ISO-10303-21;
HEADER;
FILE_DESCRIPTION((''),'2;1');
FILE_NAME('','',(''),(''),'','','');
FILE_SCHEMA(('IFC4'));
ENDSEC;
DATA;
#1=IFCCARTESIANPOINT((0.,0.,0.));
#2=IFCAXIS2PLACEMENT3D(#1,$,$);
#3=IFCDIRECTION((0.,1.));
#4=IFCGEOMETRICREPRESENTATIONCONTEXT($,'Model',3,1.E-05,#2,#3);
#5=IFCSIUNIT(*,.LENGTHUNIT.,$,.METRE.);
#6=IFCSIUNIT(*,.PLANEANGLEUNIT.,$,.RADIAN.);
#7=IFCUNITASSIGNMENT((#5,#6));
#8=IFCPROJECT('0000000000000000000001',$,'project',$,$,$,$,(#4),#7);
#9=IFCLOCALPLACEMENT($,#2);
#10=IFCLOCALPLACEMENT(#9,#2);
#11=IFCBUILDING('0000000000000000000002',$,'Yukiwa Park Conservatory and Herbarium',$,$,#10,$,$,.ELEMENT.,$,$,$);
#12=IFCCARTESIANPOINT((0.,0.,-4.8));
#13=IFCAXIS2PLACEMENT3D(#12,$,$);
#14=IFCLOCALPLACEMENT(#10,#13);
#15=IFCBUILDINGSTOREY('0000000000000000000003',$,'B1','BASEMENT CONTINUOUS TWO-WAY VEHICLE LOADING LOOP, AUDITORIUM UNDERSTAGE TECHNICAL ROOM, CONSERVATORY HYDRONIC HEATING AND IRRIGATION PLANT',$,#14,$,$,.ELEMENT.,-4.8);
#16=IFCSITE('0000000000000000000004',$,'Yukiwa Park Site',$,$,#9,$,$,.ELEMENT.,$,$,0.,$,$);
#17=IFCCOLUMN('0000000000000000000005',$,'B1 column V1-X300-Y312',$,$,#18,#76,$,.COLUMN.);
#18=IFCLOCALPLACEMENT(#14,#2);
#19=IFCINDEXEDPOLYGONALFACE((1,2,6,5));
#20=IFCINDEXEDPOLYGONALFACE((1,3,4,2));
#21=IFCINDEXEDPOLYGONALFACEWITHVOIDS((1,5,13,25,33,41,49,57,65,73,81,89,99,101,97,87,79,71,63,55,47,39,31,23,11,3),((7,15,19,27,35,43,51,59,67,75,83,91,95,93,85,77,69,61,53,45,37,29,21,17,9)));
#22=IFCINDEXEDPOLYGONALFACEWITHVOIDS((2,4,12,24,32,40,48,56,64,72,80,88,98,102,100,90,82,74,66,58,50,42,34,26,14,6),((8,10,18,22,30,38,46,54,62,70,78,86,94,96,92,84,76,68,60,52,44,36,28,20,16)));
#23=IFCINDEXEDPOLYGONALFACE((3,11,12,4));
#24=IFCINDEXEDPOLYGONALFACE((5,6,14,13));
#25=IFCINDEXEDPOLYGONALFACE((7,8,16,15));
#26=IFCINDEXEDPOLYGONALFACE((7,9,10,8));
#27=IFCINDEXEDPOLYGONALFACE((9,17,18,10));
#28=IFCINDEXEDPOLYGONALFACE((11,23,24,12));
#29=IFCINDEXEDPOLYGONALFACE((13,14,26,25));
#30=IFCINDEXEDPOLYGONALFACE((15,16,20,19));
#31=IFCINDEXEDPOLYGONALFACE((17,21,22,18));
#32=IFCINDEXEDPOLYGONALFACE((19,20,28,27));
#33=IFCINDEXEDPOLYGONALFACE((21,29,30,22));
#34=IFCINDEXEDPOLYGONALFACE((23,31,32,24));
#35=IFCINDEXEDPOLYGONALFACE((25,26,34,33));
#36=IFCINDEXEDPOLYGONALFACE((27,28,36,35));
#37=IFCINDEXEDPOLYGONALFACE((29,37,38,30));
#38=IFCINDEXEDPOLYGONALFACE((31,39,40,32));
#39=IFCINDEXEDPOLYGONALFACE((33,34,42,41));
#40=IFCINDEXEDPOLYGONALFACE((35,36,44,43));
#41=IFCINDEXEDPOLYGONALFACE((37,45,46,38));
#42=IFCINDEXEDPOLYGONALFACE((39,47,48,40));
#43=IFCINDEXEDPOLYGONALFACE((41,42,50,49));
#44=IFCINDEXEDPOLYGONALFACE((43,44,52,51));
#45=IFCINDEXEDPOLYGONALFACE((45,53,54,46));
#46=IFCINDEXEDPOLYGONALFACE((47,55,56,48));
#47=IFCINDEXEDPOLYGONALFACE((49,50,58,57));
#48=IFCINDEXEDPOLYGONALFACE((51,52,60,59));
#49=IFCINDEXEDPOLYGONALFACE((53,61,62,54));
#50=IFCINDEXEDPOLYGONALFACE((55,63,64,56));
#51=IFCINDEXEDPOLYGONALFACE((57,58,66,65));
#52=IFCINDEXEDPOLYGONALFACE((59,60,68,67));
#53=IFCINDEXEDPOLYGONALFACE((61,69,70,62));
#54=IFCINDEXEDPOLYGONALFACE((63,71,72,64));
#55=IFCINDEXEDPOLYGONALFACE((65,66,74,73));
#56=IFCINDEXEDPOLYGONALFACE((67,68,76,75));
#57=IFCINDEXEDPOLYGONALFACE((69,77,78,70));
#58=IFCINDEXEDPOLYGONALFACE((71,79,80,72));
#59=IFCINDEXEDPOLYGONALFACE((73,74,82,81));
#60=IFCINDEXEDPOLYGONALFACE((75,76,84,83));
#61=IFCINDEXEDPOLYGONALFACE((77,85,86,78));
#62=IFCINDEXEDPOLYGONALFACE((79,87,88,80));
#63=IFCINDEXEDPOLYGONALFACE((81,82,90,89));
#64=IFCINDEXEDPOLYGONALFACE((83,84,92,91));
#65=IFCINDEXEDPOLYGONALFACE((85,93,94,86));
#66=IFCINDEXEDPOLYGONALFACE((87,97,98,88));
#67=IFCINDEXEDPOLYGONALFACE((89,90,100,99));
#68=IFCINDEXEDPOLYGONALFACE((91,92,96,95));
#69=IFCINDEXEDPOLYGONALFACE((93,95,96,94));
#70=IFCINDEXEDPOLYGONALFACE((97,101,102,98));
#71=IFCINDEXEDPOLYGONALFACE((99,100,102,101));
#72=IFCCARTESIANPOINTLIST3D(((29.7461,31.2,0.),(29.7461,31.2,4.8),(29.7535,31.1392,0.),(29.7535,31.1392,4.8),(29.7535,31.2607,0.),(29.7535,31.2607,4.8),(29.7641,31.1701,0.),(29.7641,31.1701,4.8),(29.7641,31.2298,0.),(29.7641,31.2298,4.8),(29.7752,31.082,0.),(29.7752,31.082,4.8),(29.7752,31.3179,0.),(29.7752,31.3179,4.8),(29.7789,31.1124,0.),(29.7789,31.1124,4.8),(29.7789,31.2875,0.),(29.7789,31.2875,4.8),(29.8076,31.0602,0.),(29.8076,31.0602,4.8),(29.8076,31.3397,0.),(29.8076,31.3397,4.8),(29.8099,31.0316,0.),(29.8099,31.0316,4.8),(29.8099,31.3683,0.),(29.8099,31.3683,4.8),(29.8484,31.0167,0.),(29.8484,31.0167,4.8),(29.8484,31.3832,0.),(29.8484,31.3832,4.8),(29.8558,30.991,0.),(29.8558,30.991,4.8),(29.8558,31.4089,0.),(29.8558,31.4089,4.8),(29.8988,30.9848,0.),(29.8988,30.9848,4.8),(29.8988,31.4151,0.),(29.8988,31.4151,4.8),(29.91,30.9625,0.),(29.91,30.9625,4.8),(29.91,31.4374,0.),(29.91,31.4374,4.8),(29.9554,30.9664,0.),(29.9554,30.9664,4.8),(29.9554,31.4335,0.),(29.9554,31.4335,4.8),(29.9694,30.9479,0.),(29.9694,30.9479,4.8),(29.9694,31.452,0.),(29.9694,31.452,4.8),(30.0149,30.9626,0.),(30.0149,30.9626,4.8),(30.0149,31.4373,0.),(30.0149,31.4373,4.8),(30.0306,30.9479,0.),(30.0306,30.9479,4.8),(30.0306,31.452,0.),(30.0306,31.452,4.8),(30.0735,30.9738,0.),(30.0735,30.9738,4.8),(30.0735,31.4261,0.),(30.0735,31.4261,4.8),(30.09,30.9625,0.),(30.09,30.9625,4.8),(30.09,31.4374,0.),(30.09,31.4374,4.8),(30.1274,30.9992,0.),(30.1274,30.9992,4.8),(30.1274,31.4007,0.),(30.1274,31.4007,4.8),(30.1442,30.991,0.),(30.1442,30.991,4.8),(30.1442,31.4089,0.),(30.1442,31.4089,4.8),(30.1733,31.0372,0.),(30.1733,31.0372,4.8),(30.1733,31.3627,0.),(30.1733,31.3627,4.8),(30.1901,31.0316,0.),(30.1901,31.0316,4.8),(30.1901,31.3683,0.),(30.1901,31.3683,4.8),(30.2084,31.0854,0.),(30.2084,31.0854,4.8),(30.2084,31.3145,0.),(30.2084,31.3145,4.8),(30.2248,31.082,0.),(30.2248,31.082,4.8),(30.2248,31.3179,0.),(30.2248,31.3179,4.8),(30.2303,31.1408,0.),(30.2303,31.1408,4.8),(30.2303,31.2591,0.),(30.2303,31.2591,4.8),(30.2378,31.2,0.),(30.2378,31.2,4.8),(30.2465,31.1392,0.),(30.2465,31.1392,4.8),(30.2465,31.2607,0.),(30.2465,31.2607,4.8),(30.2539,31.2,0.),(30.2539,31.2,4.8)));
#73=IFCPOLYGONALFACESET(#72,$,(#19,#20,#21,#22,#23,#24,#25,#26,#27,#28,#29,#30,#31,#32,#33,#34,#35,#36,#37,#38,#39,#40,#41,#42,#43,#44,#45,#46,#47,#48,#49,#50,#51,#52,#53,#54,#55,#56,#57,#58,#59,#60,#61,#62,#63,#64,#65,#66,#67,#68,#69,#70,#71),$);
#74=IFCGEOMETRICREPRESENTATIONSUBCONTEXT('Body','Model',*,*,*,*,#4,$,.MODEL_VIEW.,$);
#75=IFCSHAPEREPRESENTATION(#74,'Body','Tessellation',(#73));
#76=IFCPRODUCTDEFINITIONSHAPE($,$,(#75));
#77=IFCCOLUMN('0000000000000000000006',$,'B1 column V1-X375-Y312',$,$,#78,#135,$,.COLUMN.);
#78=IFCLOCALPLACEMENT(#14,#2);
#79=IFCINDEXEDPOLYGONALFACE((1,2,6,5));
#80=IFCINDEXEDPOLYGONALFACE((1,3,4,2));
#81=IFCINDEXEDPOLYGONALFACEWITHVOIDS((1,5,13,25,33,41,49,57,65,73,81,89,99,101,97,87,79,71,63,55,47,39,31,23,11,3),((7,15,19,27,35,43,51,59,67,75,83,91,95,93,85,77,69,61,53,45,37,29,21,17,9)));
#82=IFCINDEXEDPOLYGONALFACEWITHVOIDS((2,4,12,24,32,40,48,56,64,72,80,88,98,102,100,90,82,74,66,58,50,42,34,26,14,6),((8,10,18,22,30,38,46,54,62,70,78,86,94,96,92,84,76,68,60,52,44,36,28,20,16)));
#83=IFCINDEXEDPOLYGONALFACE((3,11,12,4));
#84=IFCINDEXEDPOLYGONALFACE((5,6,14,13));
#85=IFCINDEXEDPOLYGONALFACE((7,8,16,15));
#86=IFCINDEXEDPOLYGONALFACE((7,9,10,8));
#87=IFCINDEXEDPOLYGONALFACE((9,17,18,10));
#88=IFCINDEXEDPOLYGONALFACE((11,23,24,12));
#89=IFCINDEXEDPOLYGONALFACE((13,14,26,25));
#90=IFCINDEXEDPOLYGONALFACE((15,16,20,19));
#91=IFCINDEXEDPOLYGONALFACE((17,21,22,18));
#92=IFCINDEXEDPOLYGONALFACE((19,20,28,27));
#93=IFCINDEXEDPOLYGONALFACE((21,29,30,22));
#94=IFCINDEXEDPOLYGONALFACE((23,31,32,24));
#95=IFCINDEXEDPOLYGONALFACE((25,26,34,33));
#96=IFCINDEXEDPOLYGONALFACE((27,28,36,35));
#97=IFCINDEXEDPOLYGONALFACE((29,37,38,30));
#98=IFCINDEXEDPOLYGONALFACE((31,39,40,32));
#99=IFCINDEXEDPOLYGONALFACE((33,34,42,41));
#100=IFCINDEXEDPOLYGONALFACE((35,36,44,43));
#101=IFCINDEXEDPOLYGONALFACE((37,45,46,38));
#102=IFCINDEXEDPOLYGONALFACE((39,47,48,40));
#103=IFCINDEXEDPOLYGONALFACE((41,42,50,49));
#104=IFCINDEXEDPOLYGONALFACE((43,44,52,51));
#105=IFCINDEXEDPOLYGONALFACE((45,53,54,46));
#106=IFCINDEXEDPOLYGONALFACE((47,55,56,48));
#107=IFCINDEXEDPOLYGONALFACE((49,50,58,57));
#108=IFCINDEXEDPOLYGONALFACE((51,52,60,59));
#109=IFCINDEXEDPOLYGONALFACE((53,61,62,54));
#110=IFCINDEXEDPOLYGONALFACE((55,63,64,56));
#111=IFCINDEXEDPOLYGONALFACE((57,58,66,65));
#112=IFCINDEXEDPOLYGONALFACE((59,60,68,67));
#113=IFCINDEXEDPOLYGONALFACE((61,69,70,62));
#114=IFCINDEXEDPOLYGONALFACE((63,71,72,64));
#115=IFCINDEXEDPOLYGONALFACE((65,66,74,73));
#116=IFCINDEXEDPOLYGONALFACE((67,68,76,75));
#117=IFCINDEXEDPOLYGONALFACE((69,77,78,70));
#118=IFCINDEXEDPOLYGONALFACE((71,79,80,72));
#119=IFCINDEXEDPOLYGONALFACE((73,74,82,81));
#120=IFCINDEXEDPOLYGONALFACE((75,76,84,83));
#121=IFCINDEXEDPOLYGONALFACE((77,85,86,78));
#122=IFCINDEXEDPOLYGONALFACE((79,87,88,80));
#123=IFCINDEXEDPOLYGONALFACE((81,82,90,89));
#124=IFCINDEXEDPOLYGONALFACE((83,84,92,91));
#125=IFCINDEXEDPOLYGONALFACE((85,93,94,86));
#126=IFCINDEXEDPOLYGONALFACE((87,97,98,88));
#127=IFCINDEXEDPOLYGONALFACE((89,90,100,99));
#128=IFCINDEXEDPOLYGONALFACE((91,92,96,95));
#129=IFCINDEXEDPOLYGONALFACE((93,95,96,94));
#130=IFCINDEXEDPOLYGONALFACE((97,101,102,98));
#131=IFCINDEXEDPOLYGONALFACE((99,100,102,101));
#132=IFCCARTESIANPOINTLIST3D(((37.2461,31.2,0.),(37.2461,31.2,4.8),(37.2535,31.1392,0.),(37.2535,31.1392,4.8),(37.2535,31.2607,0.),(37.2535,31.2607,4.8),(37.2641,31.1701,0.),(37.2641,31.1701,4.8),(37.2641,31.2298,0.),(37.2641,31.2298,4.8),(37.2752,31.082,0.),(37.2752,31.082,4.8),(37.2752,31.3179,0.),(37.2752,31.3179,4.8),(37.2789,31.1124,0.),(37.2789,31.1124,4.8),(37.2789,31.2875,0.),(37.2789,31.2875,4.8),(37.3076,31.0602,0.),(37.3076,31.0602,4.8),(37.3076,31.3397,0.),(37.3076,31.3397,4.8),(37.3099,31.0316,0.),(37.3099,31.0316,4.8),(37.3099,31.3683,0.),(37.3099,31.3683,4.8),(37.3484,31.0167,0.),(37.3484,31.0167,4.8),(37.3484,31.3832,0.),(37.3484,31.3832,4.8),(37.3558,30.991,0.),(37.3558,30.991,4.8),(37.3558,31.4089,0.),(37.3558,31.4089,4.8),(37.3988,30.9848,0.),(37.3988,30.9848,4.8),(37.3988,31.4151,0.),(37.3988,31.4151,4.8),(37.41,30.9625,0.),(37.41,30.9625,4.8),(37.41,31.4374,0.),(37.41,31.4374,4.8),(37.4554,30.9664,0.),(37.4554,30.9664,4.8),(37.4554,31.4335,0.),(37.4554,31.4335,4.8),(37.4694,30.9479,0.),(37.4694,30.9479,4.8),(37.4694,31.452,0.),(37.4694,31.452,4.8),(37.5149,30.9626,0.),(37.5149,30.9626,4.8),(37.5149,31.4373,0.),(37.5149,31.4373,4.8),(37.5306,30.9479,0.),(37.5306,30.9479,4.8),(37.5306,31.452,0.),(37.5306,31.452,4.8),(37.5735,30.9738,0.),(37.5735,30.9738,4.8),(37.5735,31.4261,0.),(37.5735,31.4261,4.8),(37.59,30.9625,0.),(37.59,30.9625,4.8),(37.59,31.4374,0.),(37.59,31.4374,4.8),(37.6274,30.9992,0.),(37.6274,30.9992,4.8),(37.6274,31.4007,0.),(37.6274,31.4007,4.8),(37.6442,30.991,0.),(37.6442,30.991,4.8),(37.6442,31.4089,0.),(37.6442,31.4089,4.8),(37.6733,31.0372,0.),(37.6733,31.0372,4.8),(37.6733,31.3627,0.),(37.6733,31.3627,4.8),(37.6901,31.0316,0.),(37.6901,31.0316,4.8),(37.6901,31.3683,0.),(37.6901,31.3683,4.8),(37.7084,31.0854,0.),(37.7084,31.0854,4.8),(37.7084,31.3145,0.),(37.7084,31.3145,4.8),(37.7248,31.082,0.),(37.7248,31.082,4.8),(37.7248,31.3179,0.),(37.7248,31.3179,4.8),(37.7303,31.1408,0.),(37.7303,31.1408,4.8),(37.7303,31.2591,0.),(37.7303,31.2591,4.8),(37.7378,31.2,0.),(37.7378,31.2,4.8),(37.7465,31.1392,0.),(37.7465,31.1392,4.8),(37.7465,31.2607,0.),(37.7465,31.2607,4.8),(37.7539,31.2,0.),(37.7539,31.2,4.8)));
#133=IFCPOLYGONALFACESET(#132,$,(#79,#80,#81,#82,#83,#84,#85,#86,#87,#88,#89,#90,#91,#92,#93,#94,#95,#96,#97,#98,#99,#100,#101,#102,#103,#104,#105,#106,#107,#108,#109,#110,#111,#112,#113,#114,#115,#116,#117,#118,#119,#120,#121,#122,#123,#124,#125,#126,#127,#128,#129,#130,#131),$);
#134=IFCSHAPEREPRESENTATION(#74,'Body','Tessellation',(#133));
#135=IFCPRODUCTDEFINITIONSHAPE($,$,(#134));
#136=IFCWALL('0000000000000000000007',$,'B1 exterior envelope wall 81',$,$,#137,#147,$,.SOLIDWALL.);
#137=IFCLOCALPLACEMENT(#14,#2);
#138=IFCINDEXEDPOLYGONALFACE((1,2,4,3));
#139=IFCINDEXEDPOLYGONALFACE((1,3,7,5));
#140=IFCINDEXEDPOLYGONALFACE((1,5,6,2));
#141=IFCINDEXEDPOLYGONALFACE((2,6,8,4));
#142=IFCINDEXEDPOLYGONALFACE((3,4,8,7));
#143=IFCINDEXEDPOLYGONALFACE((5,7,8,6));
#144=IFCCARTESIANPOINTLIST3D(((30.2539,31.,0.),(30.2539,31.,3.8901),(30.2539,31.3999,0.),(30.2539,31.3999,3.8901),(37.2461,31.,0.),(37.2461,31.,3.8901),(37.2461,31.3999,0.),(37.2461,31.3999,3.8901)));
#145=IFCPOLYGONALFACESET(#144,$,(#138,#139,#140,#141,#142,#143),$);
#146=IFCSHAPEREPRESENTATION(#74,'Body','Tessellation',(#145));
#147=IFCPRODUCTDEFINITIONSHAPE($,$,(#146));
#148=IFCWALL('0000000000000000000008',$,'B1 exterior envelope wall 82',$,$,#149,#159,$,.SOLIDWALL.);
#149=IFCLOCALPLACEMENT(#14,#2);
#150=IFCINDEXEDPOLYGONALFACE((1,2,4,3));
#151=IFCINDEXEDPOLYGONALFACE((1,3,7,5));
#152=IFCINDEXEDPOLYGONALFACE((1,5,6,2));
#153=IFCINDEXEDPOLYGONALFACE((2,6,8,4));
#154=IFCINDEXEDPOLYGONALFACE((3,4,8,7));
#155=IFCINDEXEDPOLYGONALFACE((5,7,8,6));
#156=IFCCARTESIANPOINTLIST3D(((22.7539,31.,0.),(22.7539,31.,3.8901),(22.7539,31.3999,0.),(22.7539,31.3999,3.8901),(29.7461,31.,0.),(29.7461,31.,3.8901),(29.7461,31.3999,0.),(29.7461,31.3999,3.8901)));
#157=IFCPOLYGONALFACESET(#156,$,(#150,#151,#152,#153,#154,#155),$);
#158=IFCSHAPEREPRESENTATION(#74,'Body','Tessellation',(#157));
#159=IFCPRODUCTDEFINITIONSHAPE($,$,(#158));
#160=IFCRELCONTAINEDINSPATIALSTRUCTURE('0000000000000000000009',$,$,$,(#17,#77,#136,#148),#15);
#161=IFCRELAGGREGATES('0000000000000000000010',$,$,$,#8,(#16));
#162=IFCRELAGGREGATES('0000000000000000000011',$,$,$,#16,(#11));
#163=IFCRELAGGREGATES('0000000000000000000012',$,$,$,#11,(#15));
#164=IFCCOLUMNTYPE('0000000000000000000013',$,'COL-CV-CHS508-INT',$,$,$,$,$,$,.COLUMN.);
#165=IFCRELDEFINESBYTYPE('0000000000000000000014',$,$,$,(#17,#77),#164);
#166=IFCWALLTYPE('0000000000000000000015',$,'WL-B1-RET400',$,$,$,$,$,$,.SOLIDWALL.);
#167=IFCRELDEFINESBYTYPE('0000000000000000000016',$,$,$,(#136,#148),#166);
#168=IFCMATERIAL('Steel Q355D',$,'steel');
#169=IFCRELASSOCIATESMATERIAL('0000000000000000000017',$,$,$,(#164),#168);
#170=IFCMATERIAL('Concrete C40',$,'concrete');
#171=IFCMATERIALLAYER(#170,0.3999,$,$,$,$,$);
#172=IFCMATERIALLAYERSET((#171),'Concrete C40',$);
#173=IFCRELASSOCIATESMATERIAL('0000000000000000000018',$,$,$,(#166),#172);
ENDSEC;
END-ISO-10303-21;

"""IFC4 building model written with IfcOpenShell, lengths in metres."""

from ifc_helpers import new_model, si_unit, direction, frame, frame_2d, origin, origin_2d, place, context, subcontext, project, spatial, rectangle, hollow_circle, extrude, material, layer, layer_set, material_profile, profile_set, type_object, element, save


model = new_model("IFC4")

# Units and contexts
model_context = context("Model", 3, precision=1e-05, world=origin(), true_north=direction((0.0, 1.0)))
body_context = subcontext(model_context, "Body", "Model", "MODEL_VIEW")
ifc_project = project(units=[si_unit("LENGTHUNIT", "METRE"), si_unit("PLANEANGLEUNIT", "RADIAN")], contexts=[model_context])

# Site, building, storey
site_placement = place(None, origin())
site = spatial("IfcSite", under=ifc_project, at=site_placement, Name="Yukiwa Park Site", CompositionType="ELEMENT", RefElevation=0.0)
building_placement = place(site_placement, origin())
building = spatial("IfcBuilding", under=site, at=building_placement, Name="Yukiwa Park Conservatory and Herbarium", CompositionType="ELEMENT")
storey_placement = place(building_placement, frame((0.0, 0.0, -4.8)))
storey = spatial("IfcBuildingStorey", under=building, at=storey_placement, Name="B1", Description="BASEMENT CONTINUOUS TWO-WAY VEHICLE LOADING LOOP, AUDITORIUM UNDERSTAGE TECHNICAL ROOM, CONSERVATORY HYDRONIC HEATING AND IRRIGATION PLANT", CompositionType="ELEMENT", Elevation=-4.8)

# Columns
ifc_material_1 = material(Name="Steel Q355D", Category="steel")
ifc_material_profile_1 = material_profile(ifc_material_1, hollow_circle(Radius=0.2539, WallThickness=0.0161, at=origin_2d()), Name="CHS 508x16")
ifc_profile_set_1 = profile_set([ifc_material_profile_1], Name="Steel Q355D")
column_type_1 = type_object("IfcColumnType", Name="COL-CV-CHS508-INT", PredefinedType="COLUMN", material=ifc_profile_set_1)
for number, where, z_axis, x_axis, name in (
    (1, (30.0, 31.2, 0.0), (0.0, 0.0, 1.0), (1.0, 0.0, 0.0), "B1 column V1-X300-Y312"),
    (2, (37.5, 31.2, 0.0), (0.0, 0.0, 1.0), (1.0, 0.0, 0.0), "B1 column V1-X375-Y312"),
):
    element("IfcColumn", number, at=place(storey_placement, frame(where, z_axis=z_axis, x_axis=x_axis)), inside=storey, type_object=column_type_1, Name=name, PredefinedType="COLUMN", context=body_context, shape_type="SweptSolid", body=[
        extrude(hollow_circle(Radius=0.2539, WallThickness=0.0161, at=origin_2d()), origin(), (0.0, 0.0, 1.0), 4.8),
    ])

# Walls
ifc_material_2 = material(Name="Concrete C40", Category="concrete")
ifc_layer = layer(ifc_material_2, 0.3999)
ifc_layer_set = layer_set([ifc_layer], Name="Concrete C40")
wall_type = type_object("IfcWallType", Name="WL-B1-RET400", PredefinedType="SOLIDWALL", material=ifc_layer_set)
for number, where, z_axis, x_axis, name in (
    (3, (37.2461, 31.2, 0.0), (0.0, 0.0, 1.0), (-1.0, 0.0, 0.0), "B1 exterior envelope wall 81"),
    (4, (29.7461, 31.2, 0.0), (0.0, 0.0, 1.0), (-1.0, 0.0, 0.0), "B1 exterior envelope wall 82"),
):
    element("IfcWall", number, at=place(storey_placement, frame(where, z_axis=z_axis, x_axis=x_axis)), inside=storey, type_object=wall_type, Name=name, PredefinedType="SOLIDWALL", context=body_context, shape_type="SweptSolid", body=[
        extrude(rectangle(XDim=6.9922, YDim=0.3999, at=frame_2d((3.4961, 0.0))), origin(), (0.0, 0.0, 1.0), 3.8901),
    ])

save(model, "model.ifc")
